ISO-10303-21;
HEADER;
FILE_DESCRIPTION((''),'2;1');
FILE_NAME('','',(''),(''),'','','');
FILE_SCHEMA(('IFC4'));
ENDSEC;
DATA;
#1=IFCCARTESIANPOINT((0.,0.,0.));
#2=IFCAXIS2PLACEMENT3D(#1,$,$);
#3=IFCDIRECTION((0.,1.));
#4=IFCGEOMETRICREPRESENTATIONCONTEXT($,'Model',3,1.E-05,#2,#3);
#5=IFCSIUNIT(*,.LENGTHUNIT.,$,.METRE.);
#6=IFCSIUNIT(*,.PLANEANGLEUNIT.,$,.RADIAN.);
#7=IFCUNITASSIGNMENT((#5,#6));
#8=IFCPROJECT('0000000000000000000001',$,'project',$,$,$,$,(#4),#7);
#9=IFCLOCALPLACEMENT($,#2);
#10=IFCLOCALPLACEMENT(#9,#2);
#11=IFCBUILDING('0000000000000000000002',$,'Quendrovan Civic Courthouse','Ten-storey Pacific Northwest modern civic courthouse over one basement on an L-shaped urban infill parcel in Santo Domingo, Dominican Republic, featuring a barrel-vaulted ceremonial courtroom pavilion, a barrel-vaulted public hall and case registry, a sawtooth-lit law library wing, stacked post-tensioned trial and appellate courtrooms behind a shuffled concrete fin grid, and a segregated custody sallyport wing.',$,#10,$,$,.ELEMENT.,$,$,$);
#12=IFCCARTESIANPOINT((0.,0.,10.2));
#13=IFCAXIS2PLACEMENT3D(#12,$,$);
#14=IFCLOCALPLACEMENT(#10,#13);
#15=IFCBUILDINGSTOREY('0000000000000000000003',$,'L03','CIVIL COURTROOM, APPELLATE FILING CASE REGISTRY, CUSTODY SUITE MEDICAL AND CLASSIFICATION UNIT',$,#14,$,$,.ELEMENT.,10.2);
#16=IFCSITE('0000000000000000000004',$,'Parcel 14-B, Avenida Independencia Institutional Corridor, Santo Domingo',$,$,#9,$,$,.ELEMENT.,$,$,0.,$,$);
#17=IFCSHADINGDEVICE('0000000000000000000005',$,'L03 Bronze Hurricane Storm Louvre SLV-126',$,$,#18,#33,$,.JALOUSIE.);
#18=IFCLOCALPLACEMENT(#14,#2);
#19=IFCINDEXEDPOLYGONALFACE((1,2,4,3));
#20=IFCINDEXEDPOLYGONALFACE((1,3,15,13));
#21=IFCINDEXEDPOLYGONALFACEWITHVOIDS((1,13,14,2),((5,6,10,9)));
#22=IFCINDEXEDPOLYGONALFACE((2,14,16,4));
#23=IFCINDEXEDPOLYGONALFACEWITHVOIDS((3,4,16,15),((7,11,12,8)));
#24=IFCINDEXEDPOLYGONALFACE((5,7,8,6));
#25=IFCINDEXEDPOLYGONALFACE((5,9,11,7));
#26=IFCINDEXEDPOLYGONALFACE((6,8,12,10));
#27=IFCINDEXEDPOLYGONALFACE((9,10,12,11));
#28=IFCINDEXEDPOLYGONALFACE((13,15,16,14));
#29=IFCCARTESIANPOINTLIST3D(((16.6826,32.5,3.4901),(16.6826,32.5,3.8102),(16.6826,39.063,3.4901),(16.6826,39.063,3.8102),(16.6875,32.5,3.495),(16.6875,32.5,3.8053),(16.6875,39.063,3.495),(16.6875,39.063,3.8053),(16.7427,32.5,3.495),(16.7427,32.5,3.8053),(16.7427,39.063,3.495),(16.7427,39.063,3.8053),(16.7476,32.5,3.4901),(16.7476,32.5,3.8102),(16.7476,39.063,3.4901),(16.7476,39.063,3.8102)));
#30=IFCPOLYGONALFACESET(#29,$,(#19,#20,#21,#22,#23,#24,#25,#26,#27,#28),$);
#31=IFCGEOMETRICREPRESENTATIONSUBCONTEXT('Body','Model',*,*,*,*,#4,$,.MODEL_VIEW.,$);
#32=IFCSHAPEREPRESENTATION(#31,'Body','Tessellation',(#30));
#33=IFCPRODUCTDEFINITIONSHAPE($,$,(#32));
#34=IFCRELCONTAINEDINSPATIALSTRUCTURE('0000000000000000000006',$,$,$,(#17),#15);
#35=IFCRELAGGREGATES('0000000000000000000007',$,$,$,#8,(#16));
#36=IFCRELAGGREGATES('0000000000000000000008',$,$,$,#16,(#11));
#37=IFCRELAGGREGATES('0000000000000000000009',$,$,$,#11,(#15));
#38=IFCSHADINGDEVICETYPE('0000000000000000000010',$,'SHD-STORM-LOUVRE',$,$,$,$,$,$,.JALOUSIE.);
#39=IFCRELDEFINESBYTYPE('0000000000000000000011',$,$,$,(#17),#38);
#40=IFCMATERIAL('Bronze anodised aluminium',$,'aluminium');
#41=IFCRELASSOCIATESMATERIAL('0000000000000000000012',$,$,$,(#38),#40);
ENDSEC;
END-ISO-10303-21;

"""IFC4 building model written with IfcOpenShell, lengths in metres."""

from ifc_helpers import new_model, si_unit, direction, frame, origin, origin_2d, place, context, subcontext, project, spatial, hollow_rectangle, extrude, material, material_profile, profile_set, type_object, element, save


model = new_model("IFC4")

# Units and contexts
model_context = context("Model", 3, precision=1e-05, world=origin(), true_north=direction((0.0, 1.0)))
body_context = subcontext(model_context, "Body", "Model", "MODEL_VIEW")
ifc_project = project(units=[si_unit("LENGTHUNIT", "METRE"), si_unit("PLANEANGLEUNIT", "RADIAN")], contexts=[model_context])

# Site, building, storey
site_placement = place(None, origin())
site = spatial("IfcSite", under=ifc_project, at=site_placement, Name="Parcel 14-B, Avenida Independencia Institutional Corridor, Santo Domingo", CompositionType="ELEMENT", RefElevation=0.0)
building_placement = place(site_placement, origin())
building = spatial("IfcBuilding", under=site, at=building_placement, Name="Quendrovan Civic Courthouse", Description="Ten-storey Pacific Northwest modern civic courthouse over one basement on an L-shaped urban infill parcel in Santo Domingo, Dominican Republic, featuring a barrel-vaulted ceremonial courtroom pavilion, a barrel-vaulted public hall and case registry, a sawtooth-lit law library wing, stacked post-tensioned trial and appellate courtrooms behind a shuffled concrete fin grid, and a segregated custody sallyport wing.", CompositionType="ELEMENT")
storey_placement = place(building_placement, frame((0.0, 0.0, 10.2)))
storey = spatial("IfcBuildingStorey", under=building, at=storey_placement, Name="L03", Description="CIVIL COURTROOM, APPELLATE FILING CASE REGISTRY, CUSTODY SUITE MEDICAL AND CLASSIFICATION UNIT", CompositionType="ELEMENT", Elevation=10.2)

# Shared definitions
ifc_material_1 = material(Name="Bronze anodised aluminium", Category="aluminium")

# Shading device
ifc_material_profile_1 = material_profile(ifc_material_1, hollow_rectangle(XDim=0.0649, YDim=0.3201, WallThickness=0.0049, at=origin_2d()), Name="AL-LOUVRE-65x320")
ifc_profile_set_1 = profile_set([ifc_material_profile_1], Name="Bronze anodised aluminium")
shading_device_type = type_object("IfcShadingDeviceType", Name="SHD-STORM-LOUVRE", PredefinedType="JALOUSIE", material=ifc_profile_set_1)
for number, where, z_axis, x_axis, name in (
    (1, (16.7151, 39.063, 3.6501), (0.0, -1.0, 0.0), (1.0, 0.0, 0.0), "L03 Bronze Hurricane Storm Louvre SLV-126"),
):
    element("IfcShadingDevice", number, at=place(storey_placement, frame(where, z_axis=z_axis, x_axis=x_axis)), inside=storey, type_object=shading_device_type, Name=name, PredefinedType="JALOUSIE", context=body_context, shape_type="SweptSolid", body=[
        extrude(hollow_rectangle(XDim=0.0649, YDim=0.3201, WallThickness=0.0049, at=origin_2d()), origin(), (0.0, 0.0, 1.0), 6.563),
    ])

save(model, "model.ifc")
